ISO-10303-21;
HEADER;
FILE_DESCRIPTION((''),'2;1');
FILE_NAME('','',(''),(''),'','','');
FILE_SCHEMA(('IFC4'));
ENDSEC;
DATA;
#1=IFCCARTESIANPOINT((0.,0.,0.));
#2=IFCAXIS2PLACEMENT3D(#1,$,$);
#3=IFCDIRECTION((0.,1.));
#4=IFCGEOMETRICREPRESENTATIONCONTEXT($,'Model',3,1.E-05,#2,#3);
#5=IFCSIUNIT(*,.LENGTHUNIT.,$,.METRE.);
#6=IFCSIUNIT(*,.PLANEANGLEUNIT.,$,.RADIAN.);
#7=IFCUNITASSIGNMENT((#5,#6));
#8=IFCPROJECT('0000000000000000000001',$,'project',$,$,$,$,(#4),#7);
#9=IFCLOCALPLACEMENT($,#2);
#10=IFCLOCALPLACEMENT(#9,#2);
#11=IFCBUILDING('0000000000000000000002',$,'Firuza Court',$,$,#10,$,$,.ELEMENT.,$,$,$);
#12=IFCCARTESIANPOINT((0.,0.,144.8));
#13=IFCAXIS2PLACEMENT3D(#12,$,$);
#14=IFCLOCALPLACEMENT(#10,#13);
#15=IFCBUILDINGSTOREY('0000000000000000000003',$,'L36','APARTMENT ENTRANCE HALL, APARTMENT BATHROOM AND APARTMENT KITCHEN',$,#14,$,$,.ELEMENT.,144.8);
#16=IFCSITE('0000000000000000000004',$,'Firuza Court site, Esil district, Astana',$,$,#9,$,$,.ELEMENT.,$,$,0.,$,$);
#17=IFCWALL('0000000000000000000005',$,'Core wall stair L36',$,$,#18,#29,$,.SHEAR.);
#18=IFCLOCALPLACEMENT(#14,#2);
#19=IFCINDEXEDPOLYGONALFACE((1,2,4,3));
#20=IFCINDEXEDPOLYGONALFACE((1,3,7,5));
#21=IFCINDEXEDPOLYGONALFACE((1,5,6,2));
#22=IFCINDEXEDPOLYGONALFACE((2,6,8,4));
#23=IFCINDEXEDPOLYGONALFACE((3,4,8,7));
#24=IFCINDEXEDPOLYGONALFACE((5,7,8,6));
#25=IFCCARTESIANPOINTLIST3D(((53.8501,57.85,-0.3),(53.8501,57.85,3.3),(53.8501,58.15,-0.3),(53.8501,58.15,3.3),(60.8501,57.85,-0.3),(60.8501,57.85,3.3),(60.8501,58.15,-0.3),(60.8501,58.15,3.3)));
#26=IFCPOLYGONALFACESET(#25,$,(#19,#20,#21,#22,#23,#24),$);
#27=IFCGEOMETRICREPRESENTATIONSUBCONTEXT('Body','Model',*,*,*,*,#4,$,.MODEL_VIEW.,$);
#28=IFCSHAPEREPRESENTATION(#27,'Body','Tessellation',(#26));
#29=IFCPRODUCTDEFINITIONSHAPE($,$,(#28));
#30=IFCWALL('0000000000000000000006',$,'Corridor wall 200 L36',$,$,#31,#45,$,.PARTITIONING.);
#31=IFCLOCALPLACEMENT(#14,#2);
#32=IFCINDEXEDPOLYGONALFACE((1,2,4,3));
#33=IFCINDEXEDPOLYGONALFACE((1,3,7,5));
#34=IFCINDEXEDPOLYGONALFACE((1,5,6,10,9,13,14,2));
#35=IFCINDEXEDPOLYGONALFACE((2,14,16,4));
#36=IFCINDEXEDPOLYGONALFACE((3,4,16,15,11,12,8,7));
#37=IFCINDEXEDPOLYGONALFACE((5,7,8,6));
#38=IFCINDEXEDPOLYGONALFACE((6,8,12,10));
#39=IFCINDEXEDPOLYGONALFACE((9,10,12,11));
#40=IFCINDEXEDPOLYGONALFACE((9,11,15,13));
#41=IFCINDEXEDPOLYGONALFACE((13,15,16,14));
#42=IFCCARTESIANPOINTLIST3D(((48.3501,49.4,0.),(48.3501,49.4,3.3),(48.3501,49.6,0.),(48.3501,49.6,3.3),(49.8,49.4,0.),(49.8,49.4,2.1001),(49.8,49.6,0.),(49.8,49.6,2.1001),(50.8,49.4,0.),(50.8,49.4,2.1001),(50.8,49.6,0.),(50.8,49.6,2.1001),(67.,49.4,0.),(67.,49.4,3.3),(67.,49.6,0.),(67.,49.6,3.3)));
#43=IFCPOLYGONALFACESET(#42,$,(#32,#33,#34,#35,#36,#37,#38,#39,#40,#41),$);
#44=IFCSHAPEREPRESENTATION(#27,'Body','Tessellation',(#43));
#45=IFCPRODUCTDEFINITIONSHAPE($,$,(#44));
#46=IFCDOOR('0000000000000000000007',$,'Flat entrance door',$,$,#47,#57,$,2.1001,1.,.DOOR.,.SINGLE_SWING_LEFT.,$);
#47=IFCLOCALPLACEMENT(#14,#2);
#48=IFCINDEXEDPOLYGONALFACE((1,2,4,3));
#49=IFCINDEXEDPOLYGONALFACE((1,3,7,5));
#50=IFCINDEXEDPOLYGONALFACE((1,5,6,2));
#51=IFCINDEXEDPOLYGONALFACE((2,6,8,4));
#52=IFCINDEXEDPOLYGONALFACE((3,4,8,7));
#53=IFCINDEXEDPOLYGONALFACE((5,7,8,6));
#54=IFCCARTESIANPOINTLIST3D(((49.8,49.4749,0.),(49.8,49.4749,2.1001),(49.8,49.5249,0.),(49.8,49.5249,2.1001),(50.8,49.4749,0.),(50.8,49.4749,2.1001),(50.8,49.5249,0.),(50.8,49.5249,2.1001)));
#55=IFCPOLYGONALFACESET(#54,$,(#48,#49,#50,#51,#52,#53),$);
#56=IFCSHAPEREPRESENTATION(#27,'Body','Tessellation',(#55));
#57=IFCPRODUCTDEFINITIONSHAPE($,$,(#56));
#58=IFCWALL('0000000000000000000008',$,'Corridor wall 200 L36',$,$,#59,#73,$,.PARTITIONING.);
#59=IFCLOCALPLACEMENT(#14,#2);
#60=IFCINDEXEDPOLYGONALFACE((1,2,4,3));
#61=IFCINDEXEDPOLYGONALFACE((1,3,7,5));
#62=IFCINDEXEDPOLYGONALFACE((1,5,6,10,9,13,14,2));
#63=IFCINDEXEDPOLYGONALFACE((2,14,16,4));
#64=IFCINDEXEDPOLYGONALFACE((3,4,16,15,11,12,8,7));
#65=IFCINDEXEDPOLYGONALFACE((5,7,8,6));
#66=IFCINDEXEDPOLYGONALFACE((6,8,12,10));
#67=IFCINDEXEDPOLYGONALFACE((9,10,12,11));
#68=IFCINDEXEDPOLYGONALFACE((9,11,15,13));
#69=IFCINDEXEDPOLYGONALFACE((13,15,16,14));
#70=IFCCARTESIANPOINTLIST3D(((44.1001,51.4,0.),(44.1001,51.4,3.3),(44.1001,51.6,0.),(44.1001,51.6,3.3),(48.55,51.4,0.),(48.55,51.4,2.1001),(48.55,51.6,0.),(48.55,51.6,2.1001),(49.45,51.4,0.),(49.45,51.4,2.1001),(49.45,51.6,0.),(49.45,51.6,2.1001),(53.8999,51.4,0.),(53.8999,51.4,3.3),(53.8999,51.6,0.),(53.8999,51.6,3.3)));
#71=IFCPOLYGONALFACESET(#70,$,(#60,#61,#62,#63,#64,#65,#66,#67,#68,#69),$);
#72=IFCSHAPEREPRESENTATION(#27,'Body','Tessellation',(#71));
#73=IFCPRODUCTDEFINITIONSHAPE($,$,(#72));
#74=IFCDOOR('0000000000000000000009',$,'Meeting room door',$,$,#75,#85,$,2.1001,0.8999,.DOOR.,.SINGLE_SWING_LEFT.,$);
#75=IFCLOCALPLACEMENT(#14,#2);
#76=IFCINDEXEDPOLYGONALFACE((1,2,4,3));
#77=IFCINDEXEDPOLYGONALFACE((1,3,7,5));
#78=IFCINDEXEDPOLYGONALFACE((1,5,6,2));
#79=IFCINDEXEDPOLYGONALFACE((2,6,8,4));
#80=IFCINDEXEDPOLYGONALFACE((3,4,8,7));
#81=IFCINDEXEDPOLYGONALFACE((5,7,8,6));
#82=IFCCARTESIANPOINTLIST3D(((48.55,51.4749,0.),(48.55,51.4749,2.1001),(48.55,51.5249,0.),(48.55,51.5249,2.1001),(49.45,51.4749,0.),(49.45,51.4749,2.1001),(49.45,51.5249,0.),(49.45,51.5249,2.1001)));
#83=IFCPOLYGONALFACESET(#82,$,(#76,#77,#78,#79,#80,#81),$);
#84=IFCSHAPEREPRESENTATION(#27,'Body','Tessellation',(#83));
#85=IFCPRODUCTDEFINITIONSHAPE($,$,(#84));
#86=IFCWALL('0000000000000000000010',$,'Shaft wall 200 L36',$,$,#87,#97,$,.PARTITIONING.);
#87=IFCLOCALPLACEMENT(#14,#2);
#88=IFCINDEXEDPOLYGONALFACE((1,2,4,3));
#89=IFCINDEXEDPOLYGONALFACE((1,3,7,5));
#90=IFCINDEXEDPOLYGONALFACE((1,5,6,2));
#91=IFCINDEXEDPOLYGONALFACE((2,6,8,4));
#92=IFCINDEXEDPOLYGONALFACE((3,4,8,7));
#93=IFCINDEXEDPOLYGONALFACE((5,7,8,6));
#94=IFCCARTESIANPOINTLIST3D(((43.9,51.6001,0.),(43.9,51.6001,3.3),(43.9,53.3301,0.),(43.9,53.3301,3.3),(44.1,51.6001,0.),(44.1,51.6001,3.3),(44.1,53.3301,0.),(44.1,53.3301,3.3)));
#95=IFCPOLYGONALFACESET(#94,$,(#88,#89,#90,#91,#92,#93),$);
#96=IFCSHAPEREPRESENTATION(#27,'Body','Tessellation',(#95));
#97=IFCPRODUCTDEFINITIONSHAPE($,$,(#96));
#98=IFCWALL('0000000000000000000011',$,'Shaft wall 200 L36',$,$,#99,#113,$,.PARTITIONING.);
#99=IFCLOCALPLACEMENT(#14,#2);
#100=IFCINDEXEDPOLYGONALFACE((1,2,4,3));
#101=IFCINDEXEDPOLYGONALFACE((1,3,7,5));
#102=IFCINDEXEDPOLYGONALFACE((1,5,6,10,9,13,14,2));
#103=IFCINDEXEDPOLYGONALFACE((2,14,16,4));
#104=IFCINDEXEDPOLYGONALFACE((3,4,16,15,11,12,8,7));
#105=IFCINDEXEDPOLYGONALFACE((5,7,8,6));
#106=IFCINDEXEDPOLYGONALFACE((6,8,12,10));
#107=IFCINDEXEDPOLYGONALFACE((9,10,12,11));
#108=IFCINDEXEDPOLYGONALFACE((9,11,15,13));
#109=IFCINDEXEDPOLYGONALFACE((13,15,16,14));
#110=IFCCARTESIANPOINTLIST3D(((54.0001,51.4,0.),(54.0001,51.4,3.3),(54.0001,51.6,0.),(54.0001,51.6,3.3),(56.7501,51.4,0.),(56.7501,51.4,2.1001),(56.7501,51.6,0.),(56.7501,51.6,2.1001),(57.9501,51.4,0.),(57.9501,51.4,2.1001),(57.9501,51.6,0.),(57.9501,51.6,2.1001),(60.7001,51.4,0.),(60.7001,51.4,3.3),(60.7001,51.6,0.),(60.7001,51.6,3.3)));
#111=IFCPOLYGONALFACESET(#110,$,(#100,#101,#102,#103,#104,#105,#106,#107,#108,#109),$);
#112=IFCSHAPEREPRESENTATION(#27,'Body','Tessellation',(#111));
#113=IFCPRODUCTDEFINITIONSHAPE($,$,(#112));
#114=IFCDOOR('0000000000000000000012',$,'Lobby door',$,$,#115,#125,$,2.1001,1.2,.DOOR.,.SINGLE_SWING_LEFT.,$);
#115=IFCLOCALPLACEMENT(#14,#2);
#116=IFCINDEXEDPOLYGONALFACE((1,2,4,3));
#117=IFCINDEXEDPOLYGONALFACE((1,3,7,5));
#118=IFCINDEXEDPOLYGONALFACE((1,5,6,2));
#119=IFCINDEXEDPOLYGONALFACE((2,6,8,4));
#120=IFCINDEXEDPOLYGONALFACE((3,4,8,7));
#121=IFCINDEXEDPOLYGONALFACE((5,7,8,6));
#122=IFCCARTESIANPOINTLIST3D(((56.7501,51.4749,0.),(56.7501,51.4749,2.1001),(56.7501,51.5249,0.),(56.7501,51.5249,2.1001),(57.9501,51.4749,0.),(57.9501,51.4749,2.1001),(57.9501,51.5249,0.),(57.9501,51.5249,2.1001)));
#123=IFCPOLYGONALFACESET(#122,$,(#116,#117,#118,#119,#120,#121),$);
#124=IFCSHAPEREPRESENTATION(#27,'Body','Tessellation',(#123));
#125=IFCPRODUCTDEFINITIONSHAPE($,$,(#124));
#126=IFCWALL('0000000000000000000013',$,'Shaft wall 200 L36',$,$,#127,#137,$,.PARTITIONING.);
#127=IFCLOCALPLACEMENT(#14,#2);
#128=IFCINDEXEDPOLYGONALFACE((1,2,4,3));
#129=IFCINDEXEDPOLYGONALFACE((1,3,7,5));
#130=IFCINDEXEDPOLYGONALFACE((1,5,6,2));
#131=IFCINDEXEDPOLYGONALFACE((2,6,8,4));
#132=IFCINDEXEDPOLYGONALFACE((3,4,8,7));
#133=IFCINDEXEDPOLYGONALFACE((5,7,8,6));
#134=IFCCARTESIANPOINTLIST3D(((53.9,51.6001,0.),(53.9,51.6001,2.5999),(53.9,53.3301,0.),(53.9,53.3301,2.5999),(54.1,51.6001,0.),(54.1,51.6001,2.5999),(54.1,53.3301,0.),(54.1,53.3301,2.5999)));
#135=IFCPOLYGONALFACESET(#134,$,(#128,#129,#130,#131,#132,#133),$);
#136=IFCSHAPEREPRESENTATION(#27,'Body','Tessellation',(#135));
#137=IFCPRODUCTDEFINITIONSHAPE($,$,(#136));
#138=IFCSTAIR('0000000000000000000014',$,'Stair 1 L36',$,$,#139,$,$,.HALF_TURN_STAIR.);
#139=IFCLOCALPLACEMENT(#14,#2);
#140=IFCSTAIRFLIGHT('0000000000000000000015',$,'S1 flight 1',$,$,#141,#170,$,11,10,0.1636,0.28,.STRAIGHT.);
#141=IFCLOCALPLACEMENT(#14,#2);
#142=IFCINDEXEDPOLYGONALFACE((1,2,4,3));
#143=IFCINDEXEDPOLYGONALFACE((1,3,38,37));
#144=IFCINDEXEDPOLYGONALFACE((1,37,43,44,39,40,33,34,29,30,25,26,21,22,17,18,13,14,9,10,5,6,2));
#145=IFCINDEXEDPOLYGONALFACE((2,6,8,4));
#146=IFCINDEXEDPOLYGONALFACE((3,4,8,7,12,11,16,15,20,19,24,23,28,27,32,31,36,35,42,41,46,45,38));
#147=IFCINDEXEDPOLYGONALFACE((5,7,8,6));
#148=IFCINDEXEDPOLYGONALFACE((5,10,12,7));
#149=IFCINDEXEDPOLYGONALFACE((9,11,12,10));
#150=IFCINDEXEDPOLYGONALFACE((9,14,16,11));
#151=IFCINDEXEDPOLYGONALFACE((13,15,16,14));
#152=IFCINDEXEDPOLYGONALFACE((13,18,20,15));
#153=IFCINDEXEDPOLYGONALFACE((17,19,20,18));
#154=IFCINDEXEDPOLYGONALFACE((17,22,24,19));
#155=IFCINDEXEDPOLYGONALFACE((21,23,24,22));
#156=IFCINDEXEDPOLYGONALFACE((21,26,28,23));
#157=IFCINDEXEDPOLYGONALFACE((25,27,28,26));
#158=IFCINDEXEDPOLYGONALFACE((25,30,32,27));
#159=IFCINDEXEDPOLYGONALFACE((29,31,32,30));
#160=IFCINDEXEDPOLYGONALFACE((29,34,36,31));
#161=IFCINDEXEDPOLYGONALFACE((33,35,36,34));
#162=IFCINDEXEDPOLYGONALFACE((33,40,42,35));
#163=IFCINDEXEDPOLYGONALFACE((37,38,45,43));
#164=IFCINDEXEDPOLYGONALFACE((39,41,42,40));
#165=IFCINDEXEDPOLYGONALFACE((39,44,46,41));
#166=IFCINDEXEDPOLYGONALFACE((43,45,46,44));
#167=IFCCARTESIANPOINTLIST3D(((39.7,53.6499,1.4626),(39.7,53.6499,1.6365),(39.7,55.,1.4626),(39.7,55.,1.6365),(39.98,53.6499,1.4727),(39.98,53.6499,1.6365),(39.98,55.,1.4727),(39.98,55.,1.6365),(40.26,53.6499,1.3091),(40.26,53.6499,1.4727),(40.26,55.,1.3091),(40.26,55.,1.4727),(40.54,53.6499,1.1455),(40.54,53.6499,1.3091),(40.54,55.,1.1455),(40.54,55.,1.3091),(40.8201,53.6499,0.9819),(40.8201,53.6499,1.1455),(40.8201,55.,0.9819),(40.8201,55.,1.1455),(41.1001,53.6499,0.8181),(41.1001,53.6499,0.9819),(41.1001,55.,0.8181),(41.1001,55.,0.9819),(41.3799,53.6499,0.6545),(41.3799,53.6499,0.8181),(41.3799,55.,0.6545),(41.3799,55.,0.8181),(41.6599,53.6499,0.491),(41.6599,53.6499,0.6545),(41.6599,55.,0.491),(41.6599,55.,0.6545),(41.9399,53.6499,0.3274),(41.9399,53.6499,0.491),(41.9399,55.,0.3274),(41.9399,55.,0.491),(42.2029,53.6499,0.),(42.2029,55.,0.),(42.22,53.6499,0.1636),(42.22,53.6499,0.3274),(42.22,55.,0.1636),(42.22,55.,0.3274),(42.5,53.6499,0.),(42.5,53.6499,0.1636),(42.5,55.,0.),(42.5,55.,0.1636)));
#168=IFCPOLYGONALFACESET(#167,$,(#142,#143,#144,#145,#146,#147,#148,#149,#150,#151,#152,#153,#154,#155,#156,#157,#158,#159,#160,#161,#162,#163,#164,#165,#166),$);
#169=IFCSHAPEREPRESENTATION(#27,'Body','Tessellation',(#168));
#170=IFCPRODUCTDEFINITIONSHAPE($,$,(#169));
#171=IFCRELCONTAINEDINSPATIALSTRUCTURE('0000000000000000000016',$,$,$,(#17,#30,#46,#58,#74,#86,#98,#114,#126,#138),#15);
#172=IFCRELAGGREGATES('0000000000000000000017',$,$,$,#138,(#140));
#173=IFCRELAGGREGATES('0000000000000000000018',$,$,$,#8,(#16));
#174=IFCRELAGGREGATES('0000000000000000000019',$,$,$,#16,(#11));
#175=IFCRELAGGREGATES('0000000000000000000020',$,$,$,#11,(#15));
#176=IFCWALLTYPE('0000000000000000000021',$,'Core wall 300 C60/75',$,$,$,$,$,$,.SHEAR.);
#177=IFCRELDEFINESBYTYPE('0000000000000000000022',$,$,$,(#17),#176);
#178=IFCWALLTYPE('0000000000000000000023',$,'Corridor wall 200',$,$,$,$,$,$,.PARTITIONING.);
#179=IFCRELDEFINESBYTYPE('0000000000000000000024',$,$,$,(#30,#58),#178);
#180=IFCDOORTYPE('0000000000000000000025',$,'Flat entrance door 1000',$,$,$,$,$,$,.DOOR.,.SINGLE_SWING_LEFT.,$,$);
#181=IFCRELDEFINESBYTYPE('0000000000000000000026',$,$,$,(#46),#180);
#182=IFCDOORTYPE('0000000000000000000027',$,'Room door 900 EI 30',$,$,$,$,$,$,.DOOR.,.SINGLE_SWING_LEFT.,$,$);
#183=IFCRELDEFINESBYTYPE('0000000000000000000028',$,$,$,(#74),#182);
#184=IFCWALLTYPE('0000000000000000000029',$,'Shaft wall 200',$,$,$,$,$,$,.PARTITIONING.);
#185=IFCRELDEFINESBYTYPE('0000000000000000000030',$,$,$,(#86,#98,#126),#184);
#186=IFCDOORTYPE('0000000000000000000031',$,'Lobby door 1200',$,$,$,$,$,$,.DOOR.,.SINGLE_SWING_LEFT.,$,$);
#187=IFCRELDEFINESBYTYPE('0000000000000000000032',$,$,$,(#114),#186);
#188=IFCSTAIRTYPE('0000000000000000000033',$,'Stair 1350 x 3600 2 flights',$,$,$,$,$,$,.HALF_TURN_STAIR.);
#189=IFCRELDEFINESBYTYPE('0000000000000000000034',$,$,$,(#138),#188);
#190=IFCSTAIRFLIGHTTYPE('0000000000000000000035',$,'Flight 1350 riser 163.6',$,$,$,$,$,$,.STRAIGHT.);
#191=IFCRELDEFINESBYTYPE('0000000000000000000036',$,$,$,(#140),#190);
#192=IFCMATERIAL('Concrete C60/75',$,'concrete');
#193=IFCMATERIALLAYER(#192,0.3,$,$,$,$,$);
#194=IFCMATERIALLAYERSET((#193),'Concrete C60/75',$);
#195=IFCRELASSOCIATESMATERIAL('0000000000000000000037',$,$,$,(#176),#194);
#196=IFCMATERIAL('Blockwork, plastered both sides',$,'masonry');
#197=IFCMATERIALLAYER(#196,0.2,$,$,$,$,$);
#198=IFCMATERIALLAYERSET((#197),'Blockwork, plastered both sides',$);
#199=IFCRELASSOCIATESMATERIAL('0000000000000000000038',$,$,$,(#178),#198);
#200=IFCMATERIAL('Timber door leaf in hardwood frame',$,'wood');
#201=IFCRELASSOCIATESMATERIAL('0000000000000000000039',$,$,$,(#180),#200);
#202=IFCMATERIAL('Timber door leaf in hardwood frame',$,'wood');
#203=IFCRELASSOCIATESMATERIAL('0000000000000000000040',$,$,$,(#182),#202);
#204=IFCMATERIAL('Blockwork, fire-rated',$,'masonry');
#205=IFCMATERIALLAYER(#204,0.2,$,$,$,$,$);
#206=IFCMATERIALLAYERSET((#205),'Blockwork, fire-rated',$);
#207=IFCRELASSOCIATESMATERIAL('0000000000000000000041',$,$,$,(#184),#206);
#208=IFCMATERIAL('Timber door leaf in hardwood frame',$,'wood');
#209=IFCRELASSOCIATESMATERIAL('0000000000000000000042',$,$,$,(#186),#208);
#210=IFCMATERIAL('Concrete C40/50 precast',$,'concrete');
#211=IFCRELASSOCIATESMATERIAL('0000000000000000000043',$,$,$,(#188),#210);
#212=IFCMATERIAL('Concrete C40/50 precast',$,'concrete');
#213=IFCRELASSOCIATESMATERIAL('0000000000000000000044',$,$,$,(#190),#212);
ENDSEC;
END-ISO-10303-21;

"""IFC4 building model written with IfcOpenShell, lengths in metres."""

from ifc_helpers import new_model, si_unit, direction, frame, frame_2d, origin, place, context, subcontext, project, spatial, polyline, rectangle, outline, extrude, material, layer, layer_set, type_object, element, fill, aggregate, save


model = new_model("IFC4")

# Units and contexts
model_context = context("Model", 3, precision=1e-05, world=origin(), true_north=direction((0.0, 1.0)))
body_context = subcontext(model_context, "Body", "Model", "MODEL_VIEW")
ifc_project = project(units=[si_unit("LENGTHUNIT", "METRE"), si_unit("PLANEANGLEUNIT", "RADIAN")], contexts=[model_context])

# Site, building, storey
site_placement = place(None, origin())
site = spatial("IfcSite", under=ifc_project, at=site_placement, Name="Firuza Court site, Esil district, Astana", CompositionType="ELEMENT", RefElevation=0.0)
building_placement = place(site_placement, origin())
building = spatial("IfcBuilding", under=site, at=building_placement, Name="Firuza Court", CompositionType="ELEMENT")
storey_placement = place(building_placement, frame((0.0, 0.0, 144.8)))
storey = spatial("IfcBuildingStorey", under=building, at=storey_placement, Name="L36", Description="APARTMENT ENTRANCE HALL, APARTMENT BATHROOM AND APARTMENT KITCHEN", CompositionType="ELEMENT", Elevation=144.8)

# Shared definitions
ifc_material_1 = material(Name="Concrete C60/75", Category="concrete")
ifc_layer_1 = layer(ifc_material_1, 0.3)
ifc_layer_set_1 = layer_set([ifc_layer_1], Name="Concrete C60/75")
wall_type_1 = type_object("IfcWallType", Name="Core wall 300 C60/75", PredefinedType="SHEAR", material=ifc_layer_set_1)

# Wall
wall_1_placement = place(storey_placement, frame((53.8501, 58.0, -0.3), z_axis=(0.0, 0.0, 1.0), x_axis=(1.0, 0.0, 0.0)))
element("IfcWall", 1, at=wall_1_placement, inside=storey, type_object=wall_type_1, Name="Core wall stair L36", PredefinedType="SHEAR", context=body_context, shape_type="SweptSolid", body=[
    extrude(rectangle(XDim=7.0, YDim=0.3, at=frame_2d((3.5, 0.0))), origin(), (0.0, 0.0, 1.0), 3.6001),
])

# Walls, openings, doors
ifc_material_2 = material(Name="Blockwork, plastered both sides", Category="masonry")
ifc_layer_2 = layer(ifc_material_2, 0.2)
ifc_layer_set_2 = layer_set([ifc_layer_2], Name="Blockwork, plastered both sides")
wall_type_2 = type_object("IfcWallType", Name="Corridor wall 200", PredefinedType="PARTITIONING", material=ifc_layer_set_2)
wall_2_placement = place(storey_placement, frame((48.3501, 49.5, 0.0), z_axis=(0.0, 0.0, 1.0), x_axis=(1.0, 0.0, 0.0)))
wall_2 = element("IfcWall", 2, at=wall_2_placement, inside=storey, type_object=wall_type_2, Name="Corridor wall 200 L36", PredefinedType="PARTITIONING", context=body_context, shape_type="SweptSolid", body=[
    extrude(rectangle(XDim=18.6499, YDim=0.2, at=frame_2d((9.325, 0.0))), origin(), (0.0, 0.0, 1.0), 3.3),
])
opening_1_placement = place(wall_2_placement, frame((1.45, 0.0, 0.0)))
opening_1 = element("IfcOpeningElement", 3, at=opening_1_placement, cuts=wall_2, PredefinedType="OPENING", context=body_context, shape_type="SweptSolid", body=[
    extrude(rectangle(XDim=1.0, YDim=2.1001, at=frame_2d((0.5, 1.05))), frame((0.0, 0.1118, 0.0), z_axis=(0.0, -1.0, 0.0), x_axis=(1.0, 0.0, 0.0)), (0.0, 0.0, 1.0), 0.2239),
])
ifc_material_3 = material(Name="Timber door leaf in hardwood frame", Category="wood")
door_type_1 = type_object("IfcDoorType", Name="Flat entrance door 1000", OperationType="SINGLE_SWING_LEFT", PredefinedType="DOOR", material=ifc_material_3)
door_1_placement = place(opening_1_placement, origin())
door_1 = element("IfcDoor", 4, at=door_1_placement, inside=storey, type_object=door_type_1, Name="Flat entrance door", OperationType="SINGLE_SWING_LEFT", OverallHeight=2.1001, OverallWidth=1.0, PredefinedType="DOOR", context=body_context, shape_type="SweptSolid", body=[
    extrude(rectangle(XDim=1.0, YDim=2.1001, at=frame_2d((0.5, 1.05))), frame((0.0, 0.0249, 0.0), z_axis=(0.0, -1.0, 0.0), x_axis=(1.0, 0.0, 0.0)), (0.0, 0.0, 1.0), 0.05),
])
fill(opening_1, door_1)
wall_3_placement = place(storey_placement, frame((44.1001, 51.5, 0.0), z_axis=(0.0, 0.0, 1.0), x_axis=(1.0, 0.0, 0.0)))
wall_3 = element("IfcWall", 5, at=wall_3_placement, inside=storey, type_object=wall_type_2, Name="Corridor wall 200 L36", PredefinedType="PARTITIONING", context=body_context, shape_type="SweptSolid", body=[
    extrude(rectangle(XDim=9.7998, YDim=0.2, at=frame_2d((4.8999, 0.0))), origin(), (0.0, 0.0, 1.0), 3.3),
])
opening_2_placement = place(wall_3_placement, frame((4.45, 0.0, 0.0)))
opening_2 = element("IfcOpeningElement", 6, at=opening_2_placement, cuts=wall_3, PredefinedType="OPENING", context=body_context, shape_type="SweptSolid", body=[
    extrude(rectangle(XDim=0.8999, YDim=2.1001, at=frame_2d((0.45, 1.05))), frame((0.0, 0.1118, 0.0), z_axis=(0.0, -1.0, 0.0), x_axis=(1.0, 0.0, 0.0)), (0.0, 0.0, 1.0), 0.2239),
])
ifc_material_4 = material(Name="Timber door leaf in hardwood frame", Category="wood")
door_type_2 = type_object("IfcDoorType", Name="Room door 900 EI 30", OperationType="SINGLE_SWING_LEFT", PredefinedType="DOOR", material=ifc_material_4)
door_2_placement = place(opening_2_placement, origin())
door_2 = element("IfcDoor", 7, at=door_2_placement, inside=storey, type_object=door_type_2, Name="Meeting room door", OperationType="SINGLE_SWING_LEFT", OverallHeight=2.1001, OverallWidth=0.8999, PredefinedType="DOOR", context=body_context, shape_type="SweptSolid", body=[
    extrude(rectangle(XDim=0.8999, YDim=2.1001, at=frame_2d((0.45, 1.05))), frame((0.0, 0.0249, 0.0), z_axis=(0.0, -1.0, 0.0), x_axis=(1.0, 0.0, 0.0)), (0.0, 0.0, 1.0), 0.05),
])
fill(opening_2, door_2)

# Wall
ifc_material_5 = material(Name="Blockwork, fire-rated", Category="masonry")
ifc_layer_3 = layer(ifc_material_5, 0.2)
ifc_layer_set_3 = layer_set([ifc_layer_3], Name="Blockwork, fire-rated")
wall_type_3 = type_object("IfcWallType", Name="Shaft wall 200", PredefinedType="PARTITIONING", material=ifc_layer_set_3)
wall_4_placement = place(storey_placement, frame((44.0, 51.6001, 0.0), z_axis=(0.0, 0.0, 1.0), x_axis=(0.0, 1.0, 0.0)))
element("IfcWall", 8, at=wall_4_placement, inside=storey, type_object=wall_type_3, Name="Shaft wall 200 L36", PredefinedType="PARTITIONING", context=body_context, shape_type="SweptSolid", body=[
    extrude(rectangle(XDim=1.73, YDim=0.2, at=frame_2d((0.865, 0.0))), origin(), (0.0, 0.0, 1.0), 3.3),
])

# Wall, opening, door
wall_5_placement = place(storey_placement, frame((54.0, 51.5, 0.0), z_axis=(0.0, 0.0, 1.0), x_axis=(1.0, 0.0, 0.0)))
wall_5 = element("IfcWall", 9, at=wall_5_placement, inside=storey, type_object=wall_type_3, Name="Shaft wall 200 L36", PredefinedType="PARTITIONING", context=body_context, shape_type="SweptSolid", body=[
    extrude(rectangle(XDim=6.7, YDim=0.2, at=frame_2d((3.3501, 0.0))), origin(), (0.0, 0.0, 1.0), 3.3),
])
opening_3_placement = place(wall_5_placement, frame((2.75, 0.0, 0.0)))
opening_3 = element("IfcOpeningElement", 10, at=opening_3_placement, cuts=wall_5, PredefinedType="OPENING", context=body_context, shape_type="SweptSolid", body=[
    extrude(rectangle(XDim=1.2, YDim=2.1001, at=frame_2d((0.6001, 1.05))), frame((0.0, 0.1118, 0.0), z_axis=(0.0, -1.0, 0.0), x_axis=(1.0, 0.0, 0.0)), (0.0, 0.0, 1.0), 0.2239),
])
ifc_material_6 = material(Name="Timber door leaf in hardwood frame", Category="wood")
door_type_3 = type_object("IfcDoorType", Name="Lobby door 1200", OperationType="SINGLE_SWING_LEFT", PredefinedType="DOOR", material=ifc_material_6)
door_3_placement = place(opening_3_placement, origin())
door_3 = element("IfcDoor", 11, at=door_3_placement, inside=storey, type_object=door_type_3, Name="Lobby door", OperationType="SINGLE_SWING_LEFT", OverallHeight=2.1001, OverallWidth=1.2, PredefinedType="DOOR", context=body_context, shape_type="SweptSolid", body=[
    extrude(rectangle(XDim=1.2, YDim=2.1001, at=frame_2d((0.6001, 1.05))), frame((0.0, 0.0249, 0.0), z_axis=(0.0, -1.0, 0.0), x_axis=(1.0, 0.0, 0.0)), (0.0, 0.0, 1.0), 0.05),
])
fill(opening_3, door_3)

# Wall
wall_6_placement = place(storey_placement, frame((54.0, 51.6001, 0.0), z_axis=(0.0, 0.0, 1.0), x_axis=(0.0, 1.0, 0.0)))
element("IfcWall", 12, at=wall_6_placement, inside=storey, type_object=wall_type_3, Name="Shaft wall 200 L36", PredefinedType="PARTITIONING", context=body_context, shape_type="SweptSolid", body=[
    extrude(rectangle(XDim=1.73, YDim=0.2, at=frame_2d((0.865, 0.0))), origin(), (0.0, 0.0, 1.0), 2.5999),
])

# Stair, stair flight
ifc_material_7 = material(Name="Concrete C40/50 precast", Category="concrete")
stair_type = type_object("IfcStairType", Name="Stair 1350 x 3600 2 flights", PredefinedType="HALF_TURN_STAIR", material=ifc_material_7)
stair_placement = place(storey_placement, origin())
stair = element("IfcStair", 13, at=stair_placement, inside=storey, type_object=stair_type, Name="Stair 1 L36", PredefinedType="HALF_TURN_STAIR")
ifc_material_8 = material(Name="Concrete C40/50 precast", Category="concrete")
stair_flight_type = type_object("IfcStairFlightType", Name="Flight 1350 riser 163.6", PredefinedType="STRAIGHT", material=ifc_material_8)
stair_flight_1_placement = place(storey_placement, frame((42.5, 54.325, 0.0), z_axis=(0.0, 0.0, 1.0), x_axis=(-1.0, 0.0, 0.0)))
stair_flight_1 = element("IfcStairFlight", 14, at=stair_flight_1_placement, type_object=stair_flight_type, Name="S1 flight 1", NumberOfRisers=11, NumberOfTreads=10, PredefinedType="STRAIGHT", RiserHeight=0.1636, TreadLength=0.28, context=body_context, shape_type="SweptSolid", body=[
    extrude(outline(polyline([(0.0, 0.0), (0.0, 0.1636), (0.28, 0.1636), (0.28, 0.3274), (0.5601, 0.3274), (0.5601, 0.491), (0.8401, 0.491), (0.8401, 0.6545), (1.1201, 0.6545), (1.1201, 0.8181), (1.3999, 0.8181), (1.3999, 0.9819), (1.6799, 0.9819), (1.6799, 1.1455), (1.96, 1.1455), (1.96, 1.3091), (2.24, 1.3091), (2.24, 1.4727), (2.52, 1.4727), (2.52, 1.6365), (2.8, 1.6365), (2.8, 1.8), (2.8, 1.4626), (0.2971, 0.0), (0.0, 0.0)])), frame((0.0, 0.675, 0.0), z_axis=(0.0, -1.0, 0.0), x_axis=(1.0, 0.0, 0.0)), (0.0, 0.0, 1.0), 1.3501),
])
aggregate(stair, [stair_flight_1])

save(model, "model.ifc")
